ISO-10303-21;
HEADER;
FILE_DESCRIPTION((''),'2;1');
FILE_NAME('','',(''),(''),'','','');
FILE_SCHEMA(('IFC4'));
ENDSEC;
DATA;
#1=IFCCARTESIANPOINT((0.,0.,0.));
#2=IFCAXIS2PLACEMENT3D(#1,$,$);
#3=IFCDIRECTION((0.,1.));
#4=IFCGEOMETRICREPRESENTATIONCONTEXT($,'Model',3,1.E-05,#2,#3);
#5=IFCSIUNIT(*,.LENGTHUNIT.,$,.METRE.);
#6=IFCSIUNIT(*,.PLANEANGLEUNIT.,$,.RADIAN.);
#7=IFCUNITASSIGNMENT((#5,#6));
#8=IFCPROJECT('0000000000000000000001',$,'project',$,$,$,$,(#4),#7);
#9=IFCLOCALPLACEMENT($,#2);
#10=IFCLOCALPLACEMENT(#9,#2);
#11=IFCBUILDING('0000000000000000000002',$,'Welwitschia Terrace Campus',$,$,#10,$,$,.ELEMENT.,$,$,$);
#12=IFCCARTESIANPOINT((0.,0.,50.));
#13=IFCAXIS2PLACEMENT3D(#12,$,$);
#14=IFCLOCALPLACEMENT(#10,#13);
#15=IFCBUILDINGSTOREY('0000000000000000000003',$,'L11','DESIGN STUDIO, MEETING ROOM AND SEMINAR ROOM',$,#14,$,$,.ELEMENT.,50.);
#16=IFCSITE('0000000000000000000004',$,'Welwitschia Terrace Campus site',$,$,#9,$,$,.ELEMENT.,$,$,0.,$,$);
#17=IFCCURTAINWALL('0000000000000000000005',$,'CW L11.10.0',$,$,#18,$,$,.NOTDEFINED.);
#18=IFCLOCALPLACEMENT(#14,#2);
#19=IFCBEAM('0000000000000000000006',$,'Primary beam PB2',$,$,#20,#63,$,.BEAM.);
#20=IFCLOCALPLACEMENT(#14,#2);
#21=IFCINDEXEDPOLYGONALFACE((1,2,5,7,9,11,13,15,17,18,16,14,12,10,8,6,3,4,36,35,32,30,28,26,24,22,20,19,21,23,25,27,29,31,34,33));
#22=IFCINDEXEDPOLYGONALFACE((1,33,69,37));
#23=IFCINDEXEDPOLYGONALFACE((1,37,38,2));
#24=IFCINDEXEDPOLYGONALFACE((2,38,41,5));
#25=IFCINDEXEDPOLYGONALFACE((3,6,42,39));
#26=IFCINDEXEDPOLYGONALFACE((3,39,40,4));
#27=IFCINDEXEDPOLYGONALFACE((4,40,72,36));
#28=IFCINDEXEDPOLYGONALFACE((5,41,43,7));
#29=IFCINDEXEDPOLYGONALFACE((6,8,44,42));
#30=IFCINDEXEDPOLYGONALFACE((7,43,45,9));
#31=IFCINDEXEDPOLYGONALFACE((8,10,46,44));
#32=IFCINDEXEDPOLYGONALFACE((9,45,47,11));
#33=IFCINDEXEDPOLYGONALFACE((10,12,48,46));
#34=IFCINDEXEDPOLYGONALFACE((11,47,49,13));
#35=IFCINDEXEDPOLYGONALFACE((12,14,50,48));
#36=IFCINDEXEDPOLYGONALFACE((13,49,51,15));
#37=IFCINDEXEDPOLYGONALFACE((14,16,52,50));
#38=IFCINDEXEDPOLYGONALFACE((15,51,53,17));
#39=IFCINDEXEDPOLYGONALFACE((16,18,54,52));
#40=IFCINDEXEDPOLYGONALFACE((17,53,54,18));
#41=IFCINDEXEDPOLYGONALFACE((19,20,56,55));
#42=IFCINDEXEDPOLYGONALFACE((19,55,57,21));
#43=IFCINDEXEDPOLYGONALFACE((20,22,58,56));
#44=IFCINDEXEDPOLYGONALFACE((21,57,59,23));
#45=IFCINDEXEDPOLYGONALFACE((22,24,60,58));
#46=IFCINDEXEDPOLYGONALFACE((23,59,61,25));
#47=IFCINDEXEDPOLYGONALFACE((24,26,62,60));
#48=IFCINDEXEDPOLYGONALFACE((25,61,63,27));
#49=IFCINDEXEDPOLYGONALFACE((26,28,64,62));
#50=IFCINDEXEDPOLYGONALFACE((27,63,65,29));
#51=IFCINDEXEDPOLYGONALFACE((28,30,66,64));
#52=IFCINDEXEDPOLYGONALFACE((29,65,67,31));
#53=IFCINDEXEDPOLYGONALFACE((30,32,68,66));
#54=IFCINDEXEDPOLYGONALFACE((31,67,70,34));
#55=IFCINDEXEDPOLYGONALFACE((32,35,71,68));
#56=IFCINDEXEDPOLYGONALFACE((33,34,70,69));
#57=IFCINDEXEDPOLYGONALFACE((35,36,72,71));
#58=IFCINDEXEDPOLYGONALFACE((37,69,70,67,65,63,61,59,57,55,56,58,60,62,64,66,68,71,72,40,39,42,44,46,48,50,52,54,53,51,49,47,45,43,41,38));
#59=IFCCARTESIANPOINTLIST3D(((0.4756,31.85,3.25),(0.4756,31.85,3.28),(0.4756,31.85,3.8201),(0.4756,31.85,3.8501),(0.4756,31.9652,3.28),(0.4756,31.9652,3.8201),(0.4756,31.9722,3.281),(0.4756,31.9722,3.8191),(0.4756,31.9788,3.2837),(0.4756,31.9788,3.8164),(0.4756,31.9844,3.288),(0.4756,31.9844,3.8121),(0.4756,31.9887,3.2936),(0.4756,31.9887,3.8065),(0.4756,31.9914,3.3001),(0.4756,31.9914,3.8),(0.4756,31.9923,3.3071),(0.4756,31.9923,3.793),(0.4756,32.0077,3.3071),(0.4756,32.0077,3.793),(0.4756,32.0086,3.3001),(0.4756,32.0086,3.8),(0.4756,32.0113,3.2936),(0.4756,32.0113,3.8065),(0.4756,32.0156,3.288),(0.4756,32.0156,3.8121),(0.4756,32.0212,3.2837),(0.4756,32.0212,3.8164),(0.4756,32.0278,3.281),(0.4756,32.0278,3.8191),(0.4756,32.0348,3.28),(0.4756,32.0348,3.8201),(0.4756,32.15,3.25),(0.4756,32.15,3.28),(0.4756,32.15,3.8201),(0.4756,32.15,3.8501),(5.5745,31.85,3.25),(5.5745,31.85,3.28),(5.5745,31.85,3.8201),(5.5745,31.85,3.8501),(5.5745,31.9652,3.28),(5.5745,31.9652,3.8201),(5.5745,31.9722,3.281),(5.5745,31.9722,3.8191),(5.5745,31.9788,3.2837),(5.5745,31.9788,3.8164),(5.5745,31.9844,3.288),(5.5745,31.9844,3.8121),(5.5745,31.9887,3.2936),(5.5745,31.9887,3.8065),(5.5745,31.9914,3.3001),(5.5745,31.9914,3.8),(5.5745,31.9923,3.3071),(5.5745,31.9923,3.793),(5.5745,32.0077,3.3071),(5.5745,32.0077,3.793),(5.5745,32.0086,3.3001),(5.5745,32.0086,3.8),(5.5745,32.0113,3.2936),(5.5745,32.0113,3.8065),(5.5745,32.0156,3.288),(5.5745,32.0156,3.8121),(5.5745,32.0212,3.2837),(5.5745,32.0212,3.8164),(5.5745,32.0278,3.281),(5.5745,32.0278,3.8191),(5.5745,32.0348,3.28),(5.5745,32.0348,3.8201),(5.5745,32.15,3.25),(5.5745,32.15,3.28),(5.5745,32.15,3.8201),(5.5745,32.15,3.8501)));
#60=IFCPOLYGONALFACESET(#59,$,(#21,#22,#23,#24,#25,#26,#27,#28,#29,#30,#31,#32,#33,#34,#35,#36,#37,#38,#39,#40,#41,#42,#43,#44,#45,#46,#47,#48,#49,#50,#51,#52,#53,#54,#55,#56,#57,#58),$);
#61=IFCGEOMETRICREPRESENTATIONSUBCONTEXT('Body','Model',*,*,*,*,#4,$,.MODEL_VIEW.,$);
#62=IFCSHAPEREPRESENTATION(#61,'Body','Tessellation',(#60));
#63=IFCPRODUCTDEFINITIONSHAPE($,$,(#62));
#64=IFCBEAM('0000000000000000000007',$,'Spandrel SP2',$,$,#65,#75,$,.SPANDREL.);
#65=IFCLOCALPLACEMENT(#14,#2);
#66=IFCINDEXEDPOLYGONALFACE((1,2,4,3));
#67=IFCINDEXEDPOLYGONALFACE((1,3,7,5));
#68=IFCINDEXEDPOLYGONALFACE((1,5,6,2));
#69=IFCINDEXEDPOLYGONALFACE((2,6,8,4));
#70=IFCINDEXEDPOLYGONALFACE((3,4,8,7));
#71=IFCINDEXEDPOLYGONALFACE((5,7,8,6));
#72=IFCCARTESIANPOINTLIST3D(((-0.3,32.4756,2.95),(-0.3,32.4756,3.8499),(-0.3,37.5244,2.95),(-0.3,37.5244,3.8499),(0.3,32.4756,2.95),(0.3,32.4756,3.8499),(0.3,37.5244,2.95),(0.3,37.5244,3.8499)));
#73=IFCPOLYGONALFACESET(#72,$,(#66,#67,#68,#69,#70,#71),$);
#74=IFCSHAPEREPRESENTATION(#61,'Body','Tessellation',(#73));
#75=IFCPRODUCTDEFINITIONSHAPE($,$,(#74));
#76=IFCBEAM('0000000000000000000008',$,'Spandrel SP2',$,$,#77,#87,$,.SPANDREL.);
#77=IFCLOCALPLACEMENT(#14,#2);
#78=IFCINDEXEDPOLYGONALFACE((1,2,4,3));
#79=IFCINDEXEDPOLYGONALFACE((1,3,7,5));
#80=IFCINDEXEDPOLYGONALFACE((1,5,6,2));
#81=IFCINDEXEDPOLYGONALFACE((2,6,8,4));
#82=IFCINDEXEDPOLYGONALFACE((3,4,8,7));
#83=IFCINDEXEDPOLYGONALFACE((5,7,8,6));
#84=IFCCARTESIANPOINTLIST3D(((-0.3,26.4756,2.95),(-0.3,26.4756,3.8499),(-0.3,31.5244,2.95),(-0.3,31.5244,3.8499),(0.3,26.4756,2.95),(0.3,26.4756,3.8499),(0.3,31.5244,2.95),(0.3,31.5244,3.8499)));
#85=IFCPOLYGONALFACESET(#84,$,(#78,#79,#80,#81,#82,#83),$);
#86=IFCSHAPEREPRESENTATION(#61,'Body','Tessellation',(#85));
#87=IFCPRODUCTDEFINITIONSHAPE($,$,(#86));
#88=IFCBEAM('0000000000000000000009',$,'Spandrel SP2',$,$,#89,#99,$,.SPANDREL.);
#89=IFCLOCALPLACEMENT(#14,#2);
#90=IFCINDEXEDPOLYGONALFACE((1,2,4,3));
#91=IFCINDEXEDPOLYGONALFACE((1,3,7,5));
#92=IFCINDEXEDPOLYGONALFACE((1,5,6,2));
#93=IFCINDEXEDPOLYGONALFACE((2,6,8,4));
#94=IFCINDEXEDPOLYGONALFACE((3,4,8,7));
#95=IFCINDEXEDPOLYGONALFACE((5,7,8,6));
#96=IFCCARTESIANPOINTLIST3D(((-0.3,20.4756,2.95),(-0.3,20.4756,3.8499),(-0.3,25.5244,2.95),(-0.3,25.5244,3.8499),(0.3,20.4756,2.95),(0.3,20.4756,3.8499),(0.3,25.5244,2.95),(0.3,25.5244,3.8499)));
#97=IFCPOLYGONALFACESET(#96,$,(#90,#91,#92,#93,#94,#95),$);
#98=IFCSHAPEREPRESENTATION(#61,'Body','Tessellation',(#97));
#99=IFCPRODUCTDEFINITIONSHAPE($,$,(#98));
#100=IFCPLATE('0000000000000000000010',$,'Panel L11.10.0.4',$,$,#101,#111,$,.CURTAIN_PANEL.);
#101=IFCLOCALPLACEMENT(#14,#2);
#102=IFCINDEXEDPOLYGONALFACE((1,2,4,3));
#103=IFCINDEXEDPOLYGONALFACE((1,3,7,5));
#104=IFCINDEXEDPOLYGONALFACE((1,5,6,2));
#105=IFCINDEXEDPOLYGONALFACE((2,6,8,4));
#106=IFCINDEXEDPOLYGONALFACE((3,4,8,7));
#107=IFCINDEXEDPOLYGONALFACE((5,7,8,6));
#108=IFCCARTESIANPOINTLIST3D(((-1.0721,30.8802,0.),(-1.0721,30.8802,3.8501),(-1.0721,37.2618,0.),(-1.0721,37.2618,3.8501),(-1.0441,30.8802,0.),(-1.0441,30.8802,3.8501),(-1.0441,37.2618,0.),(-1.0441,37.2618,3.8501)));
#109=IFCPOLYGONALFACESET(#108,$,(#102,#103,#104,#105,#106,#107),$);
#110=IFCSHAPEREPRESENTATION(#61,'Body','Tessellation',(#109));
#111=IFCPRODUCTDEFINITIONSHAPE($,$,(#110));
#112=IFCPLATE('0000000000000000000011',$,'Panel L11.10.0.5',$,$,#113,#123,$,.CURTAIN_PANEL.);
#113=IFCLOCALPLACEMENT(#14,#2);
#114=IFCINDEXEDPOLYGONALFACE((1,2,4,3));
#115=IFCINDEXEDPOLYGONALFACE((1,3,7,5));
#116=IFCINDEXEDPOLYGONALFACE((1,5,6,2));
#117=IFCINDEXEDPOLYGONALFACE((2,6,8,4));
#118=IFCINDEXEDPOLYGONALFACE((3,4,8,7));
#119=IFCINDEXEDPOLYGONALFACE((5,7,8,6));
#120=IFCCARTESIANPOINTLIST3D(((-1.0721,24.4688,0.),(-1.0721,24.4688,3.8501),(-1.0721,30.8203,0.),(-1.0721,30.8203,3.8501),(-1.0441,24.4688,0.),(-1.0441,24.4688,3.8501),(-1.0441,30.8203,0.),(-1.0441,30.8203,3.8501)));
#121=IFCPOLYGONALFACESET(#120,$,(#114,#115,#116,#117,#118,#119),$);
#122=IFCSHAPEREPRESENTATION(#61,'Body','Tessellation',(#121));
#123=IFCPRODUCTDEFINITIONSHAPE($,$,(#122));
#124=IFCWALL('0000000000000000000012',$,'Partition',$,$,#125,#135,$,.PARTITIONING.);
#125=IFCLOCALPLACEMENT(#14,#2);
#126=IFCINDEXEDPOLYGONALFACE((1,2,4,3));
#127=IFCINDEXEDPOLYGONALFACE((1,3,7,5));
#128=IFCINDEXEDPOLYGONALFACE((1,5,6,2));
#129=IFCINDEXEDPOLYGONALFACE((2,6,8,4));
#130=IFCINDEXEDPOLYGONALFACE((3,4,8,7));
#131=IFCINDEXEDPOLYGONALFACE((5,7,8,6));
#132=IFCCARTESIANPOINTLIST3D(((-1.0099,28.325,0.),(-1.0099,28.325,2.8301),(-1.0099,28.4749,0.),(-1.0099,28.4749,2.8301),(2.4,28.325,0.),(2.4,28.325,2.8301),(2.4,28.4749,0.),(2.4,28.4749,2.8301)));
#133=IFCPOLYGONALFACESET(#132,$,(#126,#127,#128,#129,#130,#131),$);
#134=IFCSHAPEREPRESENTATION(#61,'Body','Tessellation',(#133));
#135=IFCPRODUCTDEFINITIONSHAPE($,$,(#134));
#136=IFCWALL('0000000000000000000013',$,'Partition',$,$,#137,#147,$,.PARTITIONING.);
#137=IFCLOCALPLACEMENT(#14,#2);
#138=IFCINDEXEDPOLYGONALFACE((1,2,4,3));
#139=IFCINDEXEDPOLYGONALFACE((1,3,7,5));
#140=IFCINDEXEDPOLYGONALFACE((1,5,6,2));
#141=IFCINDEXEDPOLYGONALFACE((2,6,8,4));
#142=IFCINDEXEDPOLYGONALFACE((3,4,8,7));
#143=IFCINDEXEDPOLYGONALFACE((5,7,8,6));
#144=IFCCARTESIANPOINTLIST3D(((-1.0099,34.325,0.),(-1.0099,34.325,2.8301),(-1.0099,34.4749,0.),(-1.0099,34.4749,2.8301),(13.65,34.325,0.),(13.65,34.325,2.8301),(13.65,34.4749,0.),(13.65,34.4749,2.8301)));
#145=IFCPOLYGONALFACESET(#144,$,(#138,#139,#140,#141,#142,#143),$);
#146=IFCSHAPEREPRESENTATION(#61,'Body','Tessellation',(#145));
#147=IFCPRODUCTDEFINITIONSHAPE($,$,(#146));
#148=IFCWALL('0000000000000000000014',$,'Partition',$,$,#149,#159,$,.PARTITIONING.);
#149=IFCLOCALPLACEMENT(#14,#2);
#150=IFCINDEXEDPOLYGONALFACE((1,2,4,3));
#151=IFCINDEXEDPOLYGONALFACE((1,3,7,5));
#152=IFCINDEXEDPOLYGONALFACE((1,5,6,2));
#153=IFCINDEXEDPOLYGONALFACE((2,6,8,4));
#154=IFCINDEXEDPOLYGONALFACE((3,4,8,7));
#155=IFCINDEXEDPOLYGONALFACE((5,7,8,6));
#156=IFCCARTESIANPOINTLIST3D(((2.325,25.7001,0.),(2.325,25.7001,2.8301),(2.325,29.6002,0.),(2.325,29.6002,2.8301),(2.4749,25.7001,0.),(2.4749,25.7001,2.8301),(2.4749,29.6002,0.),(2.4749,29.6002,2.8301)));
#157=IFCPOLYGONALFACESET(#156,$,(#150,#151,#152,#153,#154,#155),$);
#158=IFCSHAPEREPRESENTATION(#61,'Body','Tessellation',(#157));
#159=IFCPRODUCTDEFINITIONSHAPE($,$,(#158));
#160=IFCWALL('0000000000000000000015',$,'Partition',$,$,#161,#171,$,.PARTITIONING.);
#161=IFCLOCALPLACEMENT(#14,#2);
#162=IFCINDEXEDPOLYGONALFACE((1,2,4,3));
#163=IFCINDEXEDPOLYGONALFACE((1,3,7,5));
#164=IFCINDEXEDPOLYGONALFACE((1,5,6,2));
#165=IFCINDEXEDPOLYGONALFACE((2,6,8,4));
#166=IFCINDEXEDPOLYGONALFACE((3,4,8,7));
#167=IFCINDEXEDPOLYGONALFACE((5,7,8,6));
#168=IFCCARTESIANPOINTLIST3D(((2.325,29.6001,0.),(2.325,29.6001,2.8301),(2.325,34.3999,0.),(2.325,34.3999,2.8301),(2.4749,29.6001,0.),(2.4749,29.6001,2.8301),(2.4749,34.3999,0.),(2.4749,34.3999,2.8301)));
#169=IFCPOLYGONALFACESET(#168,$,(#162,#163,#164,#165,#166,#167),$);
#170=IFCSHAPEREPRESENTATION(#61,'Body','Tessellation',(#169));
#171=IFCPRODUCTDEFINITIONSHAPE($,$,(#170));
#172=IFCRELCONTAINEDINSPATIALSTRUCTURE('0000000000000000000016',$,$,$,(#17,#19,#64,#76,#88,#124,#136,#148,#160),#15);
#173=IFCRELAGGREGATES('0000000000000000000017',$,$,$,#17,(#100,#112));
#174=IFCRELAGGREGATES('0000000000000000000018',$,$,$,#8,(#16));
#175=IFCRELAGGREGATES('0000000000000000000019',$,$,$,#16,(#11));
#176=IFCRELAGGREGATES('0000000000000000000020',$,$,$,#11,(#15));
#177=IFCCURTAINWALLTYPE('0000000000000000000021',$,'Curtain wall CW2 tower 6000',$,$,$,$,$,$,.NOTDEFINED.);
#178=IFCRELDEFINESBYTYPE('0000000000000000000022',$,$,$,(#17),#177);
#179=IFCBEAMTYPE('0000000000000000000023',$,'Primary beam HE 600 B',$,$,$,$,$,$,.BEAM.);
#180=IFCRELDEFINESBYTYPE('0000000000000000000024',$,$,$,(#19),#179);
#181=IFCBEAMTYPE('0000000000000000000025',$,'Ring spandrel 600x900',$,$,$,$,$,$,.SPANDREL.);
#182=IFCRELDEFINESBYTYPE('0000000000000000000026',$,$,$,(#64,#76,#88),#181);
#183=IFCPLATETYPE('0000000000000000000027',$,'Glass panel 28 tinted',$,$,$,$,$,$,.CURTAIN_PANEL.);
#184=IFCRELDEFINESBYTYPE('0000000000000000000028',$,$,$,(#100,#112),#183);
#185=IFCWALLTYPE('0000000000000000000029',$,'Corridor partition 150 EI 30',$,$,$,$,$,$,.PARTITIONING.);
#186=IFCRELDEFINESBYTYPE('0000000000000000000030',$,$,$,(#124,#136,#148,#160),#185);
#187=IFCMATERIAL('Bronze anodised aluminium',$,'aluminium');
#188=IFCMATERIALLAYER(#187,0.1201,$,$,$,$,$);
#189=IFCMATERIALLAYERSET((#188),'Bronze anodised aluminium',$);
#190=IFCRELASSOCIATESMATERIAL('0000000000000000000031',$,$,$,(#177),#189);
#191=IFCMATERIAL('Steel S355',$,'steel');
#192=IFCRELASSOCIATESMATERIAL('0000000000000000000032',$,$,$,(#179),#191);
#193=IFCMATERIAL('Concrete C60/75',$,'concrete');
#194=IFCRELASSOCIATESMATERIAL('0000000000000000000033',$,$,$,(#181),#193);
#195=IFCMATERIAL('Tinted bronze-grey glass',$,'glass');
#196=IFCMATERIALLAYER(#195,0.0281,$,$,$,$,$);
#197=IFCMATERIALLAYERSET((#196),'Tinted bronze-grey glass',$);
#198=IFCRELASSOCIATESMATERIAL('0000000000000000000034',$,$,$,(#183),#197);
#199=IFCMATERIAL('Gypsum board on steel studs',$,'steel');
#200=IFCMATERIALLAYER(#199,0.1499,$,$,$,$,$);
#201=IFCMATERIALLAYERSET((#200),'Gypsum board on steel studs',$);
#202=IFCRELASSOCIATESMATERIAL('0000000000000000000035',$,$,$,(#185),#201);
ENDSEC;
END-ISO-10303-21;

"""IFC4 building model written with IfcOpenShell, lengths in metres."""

from ifc_helpers import new_model, si_unit, direction, frame, frame_2d, origin, origin_2d, place, context, subcontext, project, spatial, rectangle, i_section, extrude, material, layer, layer_set, material_profile, profile_set, type_object, element, aggregate, save


model = new_model("IFC4")

# Units and contexts
model_context = context("Model", 3, precision=1e-05, world=origin(), true_north=direction((0.0, 1.0)))
body_context = subcontext(model_context, "Body", "Model", "MODEL_VIEW")
ifc_project = project(units=[si_unit("LENGTHUNIT", "METRE"), si_unit("PLANEANGLEUNIT", "RADIAN")], contexts=[model_context])

# Site, building, storey
site_placement = place(None, origin())
site = spatial("IfcSite", under=ifc_project, at=site_placement, Name="Welwitschia Terrace Campus site", CompositionType="ELEMENT", RefElevation=0.0)
building_placement = place(site_placement, origin())
building = spatial("IfcBuilding", under=site, at=building_placement, Name="Welwitschia Terrace Campus", CompositionType="ELEMENT")
storey_placement = place(building_placement, frame((0.0, 0.0, 50.0)))
storey = spatial("IfcBuildingStorey", under=building, at=storey_placement, Name="L11", Description="DESIGN STUDIO, MEETING ROOM AND SEMINAR ROOM", CompositionType="ELEMENT", Elevation=50.0)

# Curtain wall
ifc_material_1 = material(Name="Bronze anodised aluminium", Category="aluminium")
ifc_layer_1 = layer(ifc_material_1, 0.1201)
ifc_layer_set_1 = layer_set([ifc_layer_1], Name="Bronze anodised aluminium")
curtain_wall_type = type_object("IfcCurtainWallType", Name="Curtain wall CW2 tower 6000", PredefinedType="NOTDEFINED", material=ifc_layer_set_1)
curtain_wall_placement = place(storey_placement, origin())
curtain_wall = element("IfcCurtainWall", 1, at=curtain_wall_placement, inside=storey, type_object=curtain_wall_type, Name="CW L11.10.0", PredefinedType="NOTDEFINED")

# Beams
ifc_material_2 = material(Name="Steel S355", Category="steel")
ifc_material_profile_1 = material_profile(ifc_material_2, i_section(OverallWidth=0.3, OverallDepth=0.6001, WebThickness=0.0154, FlangeThickness=0.03, FilletRadius=0.0271, at=origin_2d()))
ifc_profile_set_1 = profile_set([ifc_material_profile_1], Name="Steel S355")
beam_type_1 = type_object("IfcBeamType", Name="Primary beam HE 600 B", PredefinedType="BEAM", material=ifc_profile_set_1)
beam_1_placement = place(storey_placement, frame((0.4756, 32.0, 3.55), z_axis=(1.0, 0.0, 0.0), x_axis=(0.0, 1.0, 0.0)))
element("IfcBeam", 2, at=beam_1_placement, inside=storey, type_object=beam_type_1, Name="Primary beam PB2", PredefinedType="BEAM", context=body_context, shape_type="SweptSolid", body=[
    extrude(i_section(OverallWidth=0.3, OverallDepth=0.6001, WebThickness=0.0154, FlangeThickness=0.03, FilletRadius=0.0271, at=origin_2d()), origin(), (0.0, 0.0, 1.0), 5.0989),
])
ifc_material_3 = material(Name="Concrete C60/75", Category="concrete")
ifc_material_profile_2 = material_profile(ifc_material_3, rectangle(XDim=0.6001, YDim=0.8999, at=origin_2d()))
ifc_profile_set_2 = profile_set([ifc_material_profile_2], Name="Concrete C60/75")
beam_type_2 = type_object("IfcBeamType", Name="Ring spandrel 600x900", PredefinedType="SPANDREL", material=ifc_profile_set_2)
for number, where, z_axis, x_axis, name in (
    (3, (0.0, 37.5244, 3.3999), (0.0, -1.0, 0.0), (1.0, 0.0, 0.0), "Spandrel SP2"),
    (4, (0.0, 31.5244, 3.3999), (0.0, -1.0, 0.0), (1.0, 0.0, 0.0), "Spandrel SP2"),
    (5, (0.0, 25.5244, 3.3999), (0.0, -1.0, 0.0), (1.0, 0.0, 0.0), "Spandrel SP2"),
):
    element("IfcBeam", number, at=place(storey_placement, frame(where, z_axis=z_axis, x_axis=x_axis)), inside=storey, type_object=beam_type_2, Name=name, PredefinedType="SPANDREL", context=body_context, shape_type="SweptSolid", body=[
        extrude(rectangle(XDim=0.6001, YDim=0.8999, at=origin_2d()), origin(), (0.0, 0.0, 1.0), 5.0488),
    ])

# Plates
ifc_material_4 = material(Name="Tinted bronze-grey glass", Category="glass")
ifc_layer_2 = layer(ifc_material_4, 0.0281)
ifc_layer_set_2 = layer_set([ifc_layer_2], Name="Tinted bronze-grey glass")
plate_type = type_object("IfcPlateType", Name="Glass panel 28 tinted", PredefinedType="CURTAIN_PANEL", material=ifc_layer_set_2)
plate_1_placement = place(storey_placement, frame((-1.0581, 34.071, 0.0), z_axis=(0.0, 0.0, 1.0), x_axis=(0.0, -1.0, 0.0)))
plate_1 = element("IfcPlate", 6, at=plate_1_placement, type_object=plate_type, Name="Panel L11.10.0.4", PredefinedType="CURTAIN_PANEL", context=body_context, shape_type="SweptSolid", body=[
    extrude(rectangle(XDim=6.3816, YDim=0.0281, at=origin_2d()), origin(), (0.0, 0.0, 1.0), 3.8501),
])
plate_2_placement = place(storey_placement, frame((-1.0581, 27.6445, 0.0), z_axis=(0.0, 0.0, 1.0), x_axis=(0.0, -1.0, 0.0)))
plate_2 = element("IfcPlate", 7, at=plate_2_placement, type_object=plate_type, Name="Panel L11.10.0.5", PredefinedType="CURTAIN_PANEL", context=body_context, shape_type="SweptSolid", body=[
    extrude(rectangle(XDim=6.3516, YDim=0.0281, at=origin_2d()), origin(), (0.0, 0.0, 1.0), 3.8501),
])
aggregate(curtain_wall, [plate_1, plate_2])

# Walls
ifc_material_5 = material(Name="Gypsum board on steel studs", Category="steel")
ifc_layer_3 = layer(ifc_material_5, 0.1499)
ifc_layer_set_3 = layer_set([ifc_layer_3], Name="Gypsum board on steel studs")
wall_type = type_object("IfcWallType", Name="Corridor partition 150 EI 30", PredefinedType="PARTITIONING", material=ifc_layer_set_3)
wall_1_placement = place(storey_placement, frame((-1.01, 28.3999, 0.0), z_axis=(0.0, 0.0, 1.0), x_axis=(1.0, 0.0, 0.0)))
element("IfcWall", 8, at=wall_1_placement, inside=storey, type_object=wall_type, Name="Partition", PredefinedType="PARTITIONING", context=body_context, shape_type="SweptSolid", body=[
    extrude(rectangle(XDim=3.4099, YDim=0.1499, at=frame_2d((1.7051, 0.0))), origin(), (0.0, 0.0, 1.0), 2.8301),
])
wall_2_placement = place(storey_placement, frame((-1.01, 34.3999, 0.0), z_axis=(0.0, 0.0, 1.0), x_axis=(1.0, 0.0, 0.0)))
element("IfcWall", 9, at=wall_2_placement, inside=storey, type_object=wall_type, Name="Partition", PredefinedType="PARTITIONING", context=body_context, shape_type="SweptSolid", body=[
    extrude(rectangle(XDim=14.6599, YDim=0.1499, at=frame_2d((7.3301, 0.0))), origin(), (0.0, 0.0, 1.0), 2.8301),
])
wall_3_placement = place(storey_placement, frame((2.3999, 25.7, 0.0), z_axis=(0.0, 0.0, 1.0), x_axis=(0.0, 1.0, 0.0)))
element("IfcWall", 10, at=wall_3_placement, inside=storey, type_object=wall_type, Name="Partition", PredefinedType="PARTITIONING", context=body_context, shape_type="SweptSolid", body=[
    extrude(rectangle(XDim=3.9001, YDim=0.1499, at=frame_2d((1.9502, 0.0))), origin(), (0.0, 0.0, 1.0), 2.8301),
])
wall_4_placement = place(storey_placement, frame((2.3999, 29.6001, 0.0), z_axis=(0.0, 0.0, 1.0), x_axis=(0.0, 1.0, 0.0)))
element("IfcWall", 11, at=wall_4_placement, inside=storey, type_object=wall_type, Name="Partition", PredefinedType="PARTITIONING", context=body_context, shape_type="SweptSolid", body=[
    extrude(rectangle(XDim=4.7998, YDim=0.1499, at=frame_2d((2.3999, 0.0))), origin(), (0.0, 0.0, 1.0), 2.8301),
])

save(model, "model.ifc")
